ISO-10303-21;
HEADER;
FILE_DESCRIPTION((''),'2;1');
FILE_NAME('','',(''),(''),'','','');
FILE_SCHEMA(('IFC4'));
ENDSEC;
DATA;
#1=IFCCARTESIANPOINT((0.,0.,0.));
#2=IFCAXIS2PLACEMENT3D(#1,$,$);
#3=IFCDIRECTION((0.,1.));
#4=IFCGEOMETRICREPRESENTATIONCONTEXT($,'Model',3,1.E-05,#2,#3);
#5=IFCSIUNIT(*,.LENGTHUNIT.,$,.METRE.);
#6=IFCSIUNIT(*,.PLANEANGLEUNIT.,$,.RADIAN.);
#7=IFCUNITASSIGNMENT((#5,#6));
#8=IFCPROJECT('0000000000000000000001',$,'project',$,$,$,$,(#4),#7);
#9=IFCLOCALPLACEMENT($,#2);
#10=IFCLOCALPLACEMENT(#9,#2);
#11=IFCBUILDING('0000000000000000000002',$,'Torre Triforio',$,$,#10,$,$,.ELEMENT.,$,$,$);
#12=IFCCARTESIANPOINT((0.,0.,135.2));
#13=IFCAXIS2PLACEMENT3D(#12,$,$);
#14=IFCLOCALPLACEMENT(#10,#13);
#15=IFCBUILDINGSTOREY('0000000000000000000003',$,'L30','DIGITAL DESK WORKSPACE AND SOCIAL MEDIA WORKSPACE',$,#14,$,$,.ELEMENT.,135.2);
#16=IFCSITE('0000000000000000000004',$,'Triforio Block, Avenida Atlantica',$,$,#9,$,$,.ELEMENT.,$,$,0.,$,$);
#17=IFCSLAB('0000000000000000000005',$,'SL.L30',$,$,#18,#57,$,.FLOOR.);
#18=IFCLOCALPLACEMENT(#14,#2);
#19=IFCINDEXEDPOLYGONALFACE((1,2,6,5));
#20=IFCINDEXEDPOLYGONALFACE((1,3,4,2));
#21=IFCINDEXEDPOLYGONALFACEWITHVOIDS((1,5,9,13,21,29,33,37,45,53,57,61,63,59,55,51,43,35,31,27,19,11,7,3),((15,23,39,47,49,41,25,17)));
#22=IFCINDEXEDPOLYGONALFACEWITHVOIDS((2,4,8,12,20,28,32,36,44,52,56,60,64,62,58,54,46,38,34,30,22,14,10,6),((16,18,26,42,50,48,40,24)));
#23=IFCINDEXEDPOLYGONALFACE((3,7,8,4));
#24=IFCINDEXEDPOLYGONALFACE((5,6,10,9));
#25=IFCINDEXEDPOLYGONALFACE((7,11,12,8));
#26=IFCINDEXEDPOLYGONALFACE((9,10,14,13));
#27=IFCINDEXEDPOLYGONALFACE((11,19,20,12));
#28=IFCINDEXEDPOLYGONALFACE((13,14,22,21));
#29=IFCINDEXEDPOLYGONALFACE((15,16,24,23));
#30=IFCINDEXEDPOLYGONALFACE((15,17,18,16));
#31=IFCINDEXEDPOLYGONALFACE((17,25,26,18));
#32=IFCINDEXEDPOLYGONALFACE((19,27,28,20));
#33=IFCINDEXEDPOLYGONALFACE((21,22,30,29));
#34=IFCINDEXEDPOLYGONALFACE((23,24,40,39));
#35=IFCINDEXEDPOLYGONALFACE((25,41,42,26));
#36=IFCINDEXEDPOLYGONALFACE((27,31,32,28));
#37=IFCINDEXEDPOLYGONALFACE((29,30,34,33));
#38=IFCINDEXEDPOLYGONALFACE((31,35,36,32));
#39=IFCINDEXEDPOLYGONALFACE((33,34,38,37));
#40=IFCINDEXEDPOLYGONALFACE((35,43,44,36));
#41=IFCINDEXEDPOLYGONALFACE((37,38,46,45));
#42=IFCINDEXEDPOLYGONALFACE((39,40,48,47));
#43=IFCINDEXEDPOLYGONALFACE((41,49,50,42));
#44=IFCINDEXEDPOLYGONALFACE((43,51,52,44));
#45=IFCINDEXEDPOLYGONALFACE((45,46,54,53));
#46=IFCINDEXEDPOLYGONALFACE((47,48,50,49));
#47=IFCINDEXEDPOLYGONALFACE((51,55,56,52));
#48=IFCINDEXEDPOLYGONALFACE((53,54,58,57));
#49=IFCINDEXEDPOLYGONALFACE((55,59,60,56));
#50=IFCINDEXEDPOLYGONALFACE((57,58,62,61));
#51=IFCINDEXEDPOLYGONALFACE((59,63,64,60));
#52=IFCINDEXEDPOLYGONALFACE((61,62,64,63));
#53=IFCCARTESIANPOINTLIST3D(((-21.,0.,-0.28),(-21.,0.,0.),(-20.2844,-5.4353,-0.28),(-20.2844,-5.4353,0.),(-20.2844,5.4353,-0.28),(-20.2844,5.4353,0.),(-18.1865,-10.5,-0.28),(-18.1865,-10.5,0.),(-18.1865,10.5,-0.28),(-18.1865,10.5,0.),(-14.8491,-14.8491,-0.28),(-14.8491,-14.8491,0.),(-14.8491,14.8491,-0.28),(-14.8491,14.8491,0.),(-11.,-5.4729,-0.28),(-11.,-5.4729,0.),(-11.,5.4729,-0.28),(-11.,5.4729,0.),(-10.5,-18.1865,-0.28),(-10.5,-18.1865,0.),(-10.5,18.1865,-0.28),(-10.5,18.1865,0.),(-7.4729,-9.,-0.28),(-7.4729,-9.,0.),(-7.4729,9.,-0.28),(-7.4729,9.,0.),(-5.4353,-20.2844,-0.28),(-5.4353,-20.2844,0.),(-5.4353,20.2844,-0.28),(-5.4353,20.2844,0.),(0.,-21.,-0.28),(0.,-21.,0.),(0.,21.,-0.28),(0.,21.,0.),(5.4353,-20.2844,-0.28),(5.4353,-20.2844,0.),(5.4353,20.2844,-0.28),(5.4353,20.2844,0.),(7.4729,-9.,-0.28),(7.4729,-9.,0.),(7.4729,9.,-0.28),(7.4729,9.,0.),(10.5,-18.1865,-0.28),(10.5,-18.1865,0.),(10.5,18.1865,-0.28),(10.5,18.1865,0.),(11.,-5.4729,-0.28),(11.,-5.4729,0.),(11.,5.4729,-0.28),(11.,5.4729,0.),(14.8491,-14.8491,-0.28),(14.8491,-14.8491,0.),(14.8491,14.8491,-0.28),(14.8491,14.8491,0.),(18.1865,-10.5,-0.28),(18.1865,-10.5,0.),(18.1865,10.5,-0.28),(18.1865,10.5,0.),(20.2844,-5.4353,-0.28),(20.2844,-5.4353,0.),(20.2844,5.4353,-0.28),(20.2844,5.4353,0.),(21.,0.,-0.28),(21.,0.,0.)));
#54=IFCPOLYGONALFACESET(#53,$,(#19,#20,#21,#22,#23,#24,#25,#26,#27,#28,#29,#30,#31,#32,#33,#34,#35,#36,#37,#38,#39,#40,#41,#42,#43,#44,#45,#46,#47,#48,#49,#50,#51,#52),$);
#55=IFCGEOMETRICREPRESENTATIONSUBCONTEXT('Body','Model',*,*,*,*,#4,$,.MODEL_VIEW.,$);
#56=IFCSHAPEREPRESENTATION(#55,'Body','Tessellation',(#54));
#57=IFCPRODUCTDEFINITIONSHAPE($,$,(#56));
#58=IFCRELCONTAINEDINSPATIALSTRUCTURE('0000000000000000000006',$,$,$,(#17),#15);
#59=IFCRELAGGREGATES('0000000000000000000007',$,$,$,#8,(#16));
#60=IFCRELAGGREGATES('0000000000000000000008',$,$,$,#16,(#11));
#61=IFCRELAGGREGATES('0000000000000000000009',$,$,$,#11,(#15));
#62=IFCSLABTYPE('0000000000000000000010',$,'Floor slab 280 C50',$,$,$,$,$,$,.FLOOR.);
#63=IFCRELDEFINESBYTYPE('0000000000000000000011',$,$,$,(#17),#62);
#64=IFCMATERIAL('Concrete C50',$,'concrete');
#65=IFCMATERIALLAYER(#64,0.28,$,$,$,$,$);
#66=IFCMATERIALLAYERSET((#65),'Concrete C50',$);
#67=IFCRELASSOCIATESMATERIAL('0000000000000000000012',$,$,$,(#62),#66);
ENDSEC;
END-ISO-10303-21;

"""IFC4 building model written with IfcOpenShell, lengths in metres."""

from ifc_helpers import new_model, si_unit, direction, frame, origin, place, context, subcontext, project, spatial, polyline, outline, extrude, material, layer, layer_set, type_object, element, save


model = new_model("IFC4")

# Units and contexts
model_context = context("Model", 3, precision=1e-05, world=origin(), true_north=direction((0.0, 1.0)))
body_context = subcontext(model_context, "Body", "Model", "MODEL_VIEW")
ifc_project = project(units=[si_unit("LENGTHUNIT", "METRE"), si_unit("PLANEANGLEUNIT", "RADIAN")], contexts=[model_context])

# Site, building, storey
site_placement = place(None, origin())
site = spatial("IfcSite", under=ifc_project, at=site_placement, Name="Triforio Block, Avenida Atlantica", CompositionType="ELEMENT", RefElevation=0.0)
building_placement = place(site_placement, origin())
building = spatial("IfcBuilding", under=site, at=building_placement, Name="Torre Triforio", CompositionType="ELEMENT")
storey_placement = place(building_placement, frame((0.0, 0.0, 135.2)))
storey = spatial("IfcBuildingStorey", under=building, at=storey_placement, Name="L30", Description="DIGITAL DESK WORKSPACE AND SOCIAL MEDIA WORKSPACE", CompositionType="ELEMENT", Elevation=135.2)

# Slab
ifc_material_1 = material(Name="Concrete C50", Category="concrete")
ifc_layer_1 = layer(ifc_material_1, 0.28)
ifc_layer_set_1 = layer_set([ifc_layer_1], Name="Concrete C50")
slab_type_1 = type_object("IfcSlabType", Name="Floor slab 280 C50", PredefinedType="FLOOR", material=ifc_layer_set_1)
slab_1_placement = place(storey_placement, frame((0.0, 0.0, -0.28)))
element("IfcSlab", 1, at=slab_1_placement, inside=storey, type_object=slab_type_1, Name="SL.L30", PredefinedType="FLOOR", context=body_context, shape_type="SweptSolid", body=[
    extrude(outline(polyline([(18.1865, -10.5), (20.2844, -5.4353), (21.0, 0.0), (20.2844, 5.4353), (18.1865, 10.5), (14.8491, 14.8491), (10.5, 18.1865), (5.4353, 20.2844), (0.0, 21.0), (-5.4353, 20.2844), (-10.5, 18.1865), (-14.8491, 14.8491), (-18.1865, 10.5), (-20.2844, 5.4353), (-21.0, 0.0), (-20.2844, -5.4353), (-18.1865, -10.5), (-14.8491, -14.8491), (-10.5, -18.1865), (-5.4353, -20.2844), (0.0, -21.0), (5.4353, -20.2844), (10.5, -18.1865), (14.8491, -14.8491), (18.1865, -10.5)]), holes=[polyline([(11.0, 5.4729), (11.0, -5.4729), (7.4729, -9.0), (-7.4729, -9.0), (-11.0, -5.4729), (-11.0, 5.4729), (-7.4729, 9.0), (7.4729, 9.0), (11.0, 5.4729)])]), origin(), (0.0, 0.0, 1.0), 0.28),
])

save(model, "model.ifc")
